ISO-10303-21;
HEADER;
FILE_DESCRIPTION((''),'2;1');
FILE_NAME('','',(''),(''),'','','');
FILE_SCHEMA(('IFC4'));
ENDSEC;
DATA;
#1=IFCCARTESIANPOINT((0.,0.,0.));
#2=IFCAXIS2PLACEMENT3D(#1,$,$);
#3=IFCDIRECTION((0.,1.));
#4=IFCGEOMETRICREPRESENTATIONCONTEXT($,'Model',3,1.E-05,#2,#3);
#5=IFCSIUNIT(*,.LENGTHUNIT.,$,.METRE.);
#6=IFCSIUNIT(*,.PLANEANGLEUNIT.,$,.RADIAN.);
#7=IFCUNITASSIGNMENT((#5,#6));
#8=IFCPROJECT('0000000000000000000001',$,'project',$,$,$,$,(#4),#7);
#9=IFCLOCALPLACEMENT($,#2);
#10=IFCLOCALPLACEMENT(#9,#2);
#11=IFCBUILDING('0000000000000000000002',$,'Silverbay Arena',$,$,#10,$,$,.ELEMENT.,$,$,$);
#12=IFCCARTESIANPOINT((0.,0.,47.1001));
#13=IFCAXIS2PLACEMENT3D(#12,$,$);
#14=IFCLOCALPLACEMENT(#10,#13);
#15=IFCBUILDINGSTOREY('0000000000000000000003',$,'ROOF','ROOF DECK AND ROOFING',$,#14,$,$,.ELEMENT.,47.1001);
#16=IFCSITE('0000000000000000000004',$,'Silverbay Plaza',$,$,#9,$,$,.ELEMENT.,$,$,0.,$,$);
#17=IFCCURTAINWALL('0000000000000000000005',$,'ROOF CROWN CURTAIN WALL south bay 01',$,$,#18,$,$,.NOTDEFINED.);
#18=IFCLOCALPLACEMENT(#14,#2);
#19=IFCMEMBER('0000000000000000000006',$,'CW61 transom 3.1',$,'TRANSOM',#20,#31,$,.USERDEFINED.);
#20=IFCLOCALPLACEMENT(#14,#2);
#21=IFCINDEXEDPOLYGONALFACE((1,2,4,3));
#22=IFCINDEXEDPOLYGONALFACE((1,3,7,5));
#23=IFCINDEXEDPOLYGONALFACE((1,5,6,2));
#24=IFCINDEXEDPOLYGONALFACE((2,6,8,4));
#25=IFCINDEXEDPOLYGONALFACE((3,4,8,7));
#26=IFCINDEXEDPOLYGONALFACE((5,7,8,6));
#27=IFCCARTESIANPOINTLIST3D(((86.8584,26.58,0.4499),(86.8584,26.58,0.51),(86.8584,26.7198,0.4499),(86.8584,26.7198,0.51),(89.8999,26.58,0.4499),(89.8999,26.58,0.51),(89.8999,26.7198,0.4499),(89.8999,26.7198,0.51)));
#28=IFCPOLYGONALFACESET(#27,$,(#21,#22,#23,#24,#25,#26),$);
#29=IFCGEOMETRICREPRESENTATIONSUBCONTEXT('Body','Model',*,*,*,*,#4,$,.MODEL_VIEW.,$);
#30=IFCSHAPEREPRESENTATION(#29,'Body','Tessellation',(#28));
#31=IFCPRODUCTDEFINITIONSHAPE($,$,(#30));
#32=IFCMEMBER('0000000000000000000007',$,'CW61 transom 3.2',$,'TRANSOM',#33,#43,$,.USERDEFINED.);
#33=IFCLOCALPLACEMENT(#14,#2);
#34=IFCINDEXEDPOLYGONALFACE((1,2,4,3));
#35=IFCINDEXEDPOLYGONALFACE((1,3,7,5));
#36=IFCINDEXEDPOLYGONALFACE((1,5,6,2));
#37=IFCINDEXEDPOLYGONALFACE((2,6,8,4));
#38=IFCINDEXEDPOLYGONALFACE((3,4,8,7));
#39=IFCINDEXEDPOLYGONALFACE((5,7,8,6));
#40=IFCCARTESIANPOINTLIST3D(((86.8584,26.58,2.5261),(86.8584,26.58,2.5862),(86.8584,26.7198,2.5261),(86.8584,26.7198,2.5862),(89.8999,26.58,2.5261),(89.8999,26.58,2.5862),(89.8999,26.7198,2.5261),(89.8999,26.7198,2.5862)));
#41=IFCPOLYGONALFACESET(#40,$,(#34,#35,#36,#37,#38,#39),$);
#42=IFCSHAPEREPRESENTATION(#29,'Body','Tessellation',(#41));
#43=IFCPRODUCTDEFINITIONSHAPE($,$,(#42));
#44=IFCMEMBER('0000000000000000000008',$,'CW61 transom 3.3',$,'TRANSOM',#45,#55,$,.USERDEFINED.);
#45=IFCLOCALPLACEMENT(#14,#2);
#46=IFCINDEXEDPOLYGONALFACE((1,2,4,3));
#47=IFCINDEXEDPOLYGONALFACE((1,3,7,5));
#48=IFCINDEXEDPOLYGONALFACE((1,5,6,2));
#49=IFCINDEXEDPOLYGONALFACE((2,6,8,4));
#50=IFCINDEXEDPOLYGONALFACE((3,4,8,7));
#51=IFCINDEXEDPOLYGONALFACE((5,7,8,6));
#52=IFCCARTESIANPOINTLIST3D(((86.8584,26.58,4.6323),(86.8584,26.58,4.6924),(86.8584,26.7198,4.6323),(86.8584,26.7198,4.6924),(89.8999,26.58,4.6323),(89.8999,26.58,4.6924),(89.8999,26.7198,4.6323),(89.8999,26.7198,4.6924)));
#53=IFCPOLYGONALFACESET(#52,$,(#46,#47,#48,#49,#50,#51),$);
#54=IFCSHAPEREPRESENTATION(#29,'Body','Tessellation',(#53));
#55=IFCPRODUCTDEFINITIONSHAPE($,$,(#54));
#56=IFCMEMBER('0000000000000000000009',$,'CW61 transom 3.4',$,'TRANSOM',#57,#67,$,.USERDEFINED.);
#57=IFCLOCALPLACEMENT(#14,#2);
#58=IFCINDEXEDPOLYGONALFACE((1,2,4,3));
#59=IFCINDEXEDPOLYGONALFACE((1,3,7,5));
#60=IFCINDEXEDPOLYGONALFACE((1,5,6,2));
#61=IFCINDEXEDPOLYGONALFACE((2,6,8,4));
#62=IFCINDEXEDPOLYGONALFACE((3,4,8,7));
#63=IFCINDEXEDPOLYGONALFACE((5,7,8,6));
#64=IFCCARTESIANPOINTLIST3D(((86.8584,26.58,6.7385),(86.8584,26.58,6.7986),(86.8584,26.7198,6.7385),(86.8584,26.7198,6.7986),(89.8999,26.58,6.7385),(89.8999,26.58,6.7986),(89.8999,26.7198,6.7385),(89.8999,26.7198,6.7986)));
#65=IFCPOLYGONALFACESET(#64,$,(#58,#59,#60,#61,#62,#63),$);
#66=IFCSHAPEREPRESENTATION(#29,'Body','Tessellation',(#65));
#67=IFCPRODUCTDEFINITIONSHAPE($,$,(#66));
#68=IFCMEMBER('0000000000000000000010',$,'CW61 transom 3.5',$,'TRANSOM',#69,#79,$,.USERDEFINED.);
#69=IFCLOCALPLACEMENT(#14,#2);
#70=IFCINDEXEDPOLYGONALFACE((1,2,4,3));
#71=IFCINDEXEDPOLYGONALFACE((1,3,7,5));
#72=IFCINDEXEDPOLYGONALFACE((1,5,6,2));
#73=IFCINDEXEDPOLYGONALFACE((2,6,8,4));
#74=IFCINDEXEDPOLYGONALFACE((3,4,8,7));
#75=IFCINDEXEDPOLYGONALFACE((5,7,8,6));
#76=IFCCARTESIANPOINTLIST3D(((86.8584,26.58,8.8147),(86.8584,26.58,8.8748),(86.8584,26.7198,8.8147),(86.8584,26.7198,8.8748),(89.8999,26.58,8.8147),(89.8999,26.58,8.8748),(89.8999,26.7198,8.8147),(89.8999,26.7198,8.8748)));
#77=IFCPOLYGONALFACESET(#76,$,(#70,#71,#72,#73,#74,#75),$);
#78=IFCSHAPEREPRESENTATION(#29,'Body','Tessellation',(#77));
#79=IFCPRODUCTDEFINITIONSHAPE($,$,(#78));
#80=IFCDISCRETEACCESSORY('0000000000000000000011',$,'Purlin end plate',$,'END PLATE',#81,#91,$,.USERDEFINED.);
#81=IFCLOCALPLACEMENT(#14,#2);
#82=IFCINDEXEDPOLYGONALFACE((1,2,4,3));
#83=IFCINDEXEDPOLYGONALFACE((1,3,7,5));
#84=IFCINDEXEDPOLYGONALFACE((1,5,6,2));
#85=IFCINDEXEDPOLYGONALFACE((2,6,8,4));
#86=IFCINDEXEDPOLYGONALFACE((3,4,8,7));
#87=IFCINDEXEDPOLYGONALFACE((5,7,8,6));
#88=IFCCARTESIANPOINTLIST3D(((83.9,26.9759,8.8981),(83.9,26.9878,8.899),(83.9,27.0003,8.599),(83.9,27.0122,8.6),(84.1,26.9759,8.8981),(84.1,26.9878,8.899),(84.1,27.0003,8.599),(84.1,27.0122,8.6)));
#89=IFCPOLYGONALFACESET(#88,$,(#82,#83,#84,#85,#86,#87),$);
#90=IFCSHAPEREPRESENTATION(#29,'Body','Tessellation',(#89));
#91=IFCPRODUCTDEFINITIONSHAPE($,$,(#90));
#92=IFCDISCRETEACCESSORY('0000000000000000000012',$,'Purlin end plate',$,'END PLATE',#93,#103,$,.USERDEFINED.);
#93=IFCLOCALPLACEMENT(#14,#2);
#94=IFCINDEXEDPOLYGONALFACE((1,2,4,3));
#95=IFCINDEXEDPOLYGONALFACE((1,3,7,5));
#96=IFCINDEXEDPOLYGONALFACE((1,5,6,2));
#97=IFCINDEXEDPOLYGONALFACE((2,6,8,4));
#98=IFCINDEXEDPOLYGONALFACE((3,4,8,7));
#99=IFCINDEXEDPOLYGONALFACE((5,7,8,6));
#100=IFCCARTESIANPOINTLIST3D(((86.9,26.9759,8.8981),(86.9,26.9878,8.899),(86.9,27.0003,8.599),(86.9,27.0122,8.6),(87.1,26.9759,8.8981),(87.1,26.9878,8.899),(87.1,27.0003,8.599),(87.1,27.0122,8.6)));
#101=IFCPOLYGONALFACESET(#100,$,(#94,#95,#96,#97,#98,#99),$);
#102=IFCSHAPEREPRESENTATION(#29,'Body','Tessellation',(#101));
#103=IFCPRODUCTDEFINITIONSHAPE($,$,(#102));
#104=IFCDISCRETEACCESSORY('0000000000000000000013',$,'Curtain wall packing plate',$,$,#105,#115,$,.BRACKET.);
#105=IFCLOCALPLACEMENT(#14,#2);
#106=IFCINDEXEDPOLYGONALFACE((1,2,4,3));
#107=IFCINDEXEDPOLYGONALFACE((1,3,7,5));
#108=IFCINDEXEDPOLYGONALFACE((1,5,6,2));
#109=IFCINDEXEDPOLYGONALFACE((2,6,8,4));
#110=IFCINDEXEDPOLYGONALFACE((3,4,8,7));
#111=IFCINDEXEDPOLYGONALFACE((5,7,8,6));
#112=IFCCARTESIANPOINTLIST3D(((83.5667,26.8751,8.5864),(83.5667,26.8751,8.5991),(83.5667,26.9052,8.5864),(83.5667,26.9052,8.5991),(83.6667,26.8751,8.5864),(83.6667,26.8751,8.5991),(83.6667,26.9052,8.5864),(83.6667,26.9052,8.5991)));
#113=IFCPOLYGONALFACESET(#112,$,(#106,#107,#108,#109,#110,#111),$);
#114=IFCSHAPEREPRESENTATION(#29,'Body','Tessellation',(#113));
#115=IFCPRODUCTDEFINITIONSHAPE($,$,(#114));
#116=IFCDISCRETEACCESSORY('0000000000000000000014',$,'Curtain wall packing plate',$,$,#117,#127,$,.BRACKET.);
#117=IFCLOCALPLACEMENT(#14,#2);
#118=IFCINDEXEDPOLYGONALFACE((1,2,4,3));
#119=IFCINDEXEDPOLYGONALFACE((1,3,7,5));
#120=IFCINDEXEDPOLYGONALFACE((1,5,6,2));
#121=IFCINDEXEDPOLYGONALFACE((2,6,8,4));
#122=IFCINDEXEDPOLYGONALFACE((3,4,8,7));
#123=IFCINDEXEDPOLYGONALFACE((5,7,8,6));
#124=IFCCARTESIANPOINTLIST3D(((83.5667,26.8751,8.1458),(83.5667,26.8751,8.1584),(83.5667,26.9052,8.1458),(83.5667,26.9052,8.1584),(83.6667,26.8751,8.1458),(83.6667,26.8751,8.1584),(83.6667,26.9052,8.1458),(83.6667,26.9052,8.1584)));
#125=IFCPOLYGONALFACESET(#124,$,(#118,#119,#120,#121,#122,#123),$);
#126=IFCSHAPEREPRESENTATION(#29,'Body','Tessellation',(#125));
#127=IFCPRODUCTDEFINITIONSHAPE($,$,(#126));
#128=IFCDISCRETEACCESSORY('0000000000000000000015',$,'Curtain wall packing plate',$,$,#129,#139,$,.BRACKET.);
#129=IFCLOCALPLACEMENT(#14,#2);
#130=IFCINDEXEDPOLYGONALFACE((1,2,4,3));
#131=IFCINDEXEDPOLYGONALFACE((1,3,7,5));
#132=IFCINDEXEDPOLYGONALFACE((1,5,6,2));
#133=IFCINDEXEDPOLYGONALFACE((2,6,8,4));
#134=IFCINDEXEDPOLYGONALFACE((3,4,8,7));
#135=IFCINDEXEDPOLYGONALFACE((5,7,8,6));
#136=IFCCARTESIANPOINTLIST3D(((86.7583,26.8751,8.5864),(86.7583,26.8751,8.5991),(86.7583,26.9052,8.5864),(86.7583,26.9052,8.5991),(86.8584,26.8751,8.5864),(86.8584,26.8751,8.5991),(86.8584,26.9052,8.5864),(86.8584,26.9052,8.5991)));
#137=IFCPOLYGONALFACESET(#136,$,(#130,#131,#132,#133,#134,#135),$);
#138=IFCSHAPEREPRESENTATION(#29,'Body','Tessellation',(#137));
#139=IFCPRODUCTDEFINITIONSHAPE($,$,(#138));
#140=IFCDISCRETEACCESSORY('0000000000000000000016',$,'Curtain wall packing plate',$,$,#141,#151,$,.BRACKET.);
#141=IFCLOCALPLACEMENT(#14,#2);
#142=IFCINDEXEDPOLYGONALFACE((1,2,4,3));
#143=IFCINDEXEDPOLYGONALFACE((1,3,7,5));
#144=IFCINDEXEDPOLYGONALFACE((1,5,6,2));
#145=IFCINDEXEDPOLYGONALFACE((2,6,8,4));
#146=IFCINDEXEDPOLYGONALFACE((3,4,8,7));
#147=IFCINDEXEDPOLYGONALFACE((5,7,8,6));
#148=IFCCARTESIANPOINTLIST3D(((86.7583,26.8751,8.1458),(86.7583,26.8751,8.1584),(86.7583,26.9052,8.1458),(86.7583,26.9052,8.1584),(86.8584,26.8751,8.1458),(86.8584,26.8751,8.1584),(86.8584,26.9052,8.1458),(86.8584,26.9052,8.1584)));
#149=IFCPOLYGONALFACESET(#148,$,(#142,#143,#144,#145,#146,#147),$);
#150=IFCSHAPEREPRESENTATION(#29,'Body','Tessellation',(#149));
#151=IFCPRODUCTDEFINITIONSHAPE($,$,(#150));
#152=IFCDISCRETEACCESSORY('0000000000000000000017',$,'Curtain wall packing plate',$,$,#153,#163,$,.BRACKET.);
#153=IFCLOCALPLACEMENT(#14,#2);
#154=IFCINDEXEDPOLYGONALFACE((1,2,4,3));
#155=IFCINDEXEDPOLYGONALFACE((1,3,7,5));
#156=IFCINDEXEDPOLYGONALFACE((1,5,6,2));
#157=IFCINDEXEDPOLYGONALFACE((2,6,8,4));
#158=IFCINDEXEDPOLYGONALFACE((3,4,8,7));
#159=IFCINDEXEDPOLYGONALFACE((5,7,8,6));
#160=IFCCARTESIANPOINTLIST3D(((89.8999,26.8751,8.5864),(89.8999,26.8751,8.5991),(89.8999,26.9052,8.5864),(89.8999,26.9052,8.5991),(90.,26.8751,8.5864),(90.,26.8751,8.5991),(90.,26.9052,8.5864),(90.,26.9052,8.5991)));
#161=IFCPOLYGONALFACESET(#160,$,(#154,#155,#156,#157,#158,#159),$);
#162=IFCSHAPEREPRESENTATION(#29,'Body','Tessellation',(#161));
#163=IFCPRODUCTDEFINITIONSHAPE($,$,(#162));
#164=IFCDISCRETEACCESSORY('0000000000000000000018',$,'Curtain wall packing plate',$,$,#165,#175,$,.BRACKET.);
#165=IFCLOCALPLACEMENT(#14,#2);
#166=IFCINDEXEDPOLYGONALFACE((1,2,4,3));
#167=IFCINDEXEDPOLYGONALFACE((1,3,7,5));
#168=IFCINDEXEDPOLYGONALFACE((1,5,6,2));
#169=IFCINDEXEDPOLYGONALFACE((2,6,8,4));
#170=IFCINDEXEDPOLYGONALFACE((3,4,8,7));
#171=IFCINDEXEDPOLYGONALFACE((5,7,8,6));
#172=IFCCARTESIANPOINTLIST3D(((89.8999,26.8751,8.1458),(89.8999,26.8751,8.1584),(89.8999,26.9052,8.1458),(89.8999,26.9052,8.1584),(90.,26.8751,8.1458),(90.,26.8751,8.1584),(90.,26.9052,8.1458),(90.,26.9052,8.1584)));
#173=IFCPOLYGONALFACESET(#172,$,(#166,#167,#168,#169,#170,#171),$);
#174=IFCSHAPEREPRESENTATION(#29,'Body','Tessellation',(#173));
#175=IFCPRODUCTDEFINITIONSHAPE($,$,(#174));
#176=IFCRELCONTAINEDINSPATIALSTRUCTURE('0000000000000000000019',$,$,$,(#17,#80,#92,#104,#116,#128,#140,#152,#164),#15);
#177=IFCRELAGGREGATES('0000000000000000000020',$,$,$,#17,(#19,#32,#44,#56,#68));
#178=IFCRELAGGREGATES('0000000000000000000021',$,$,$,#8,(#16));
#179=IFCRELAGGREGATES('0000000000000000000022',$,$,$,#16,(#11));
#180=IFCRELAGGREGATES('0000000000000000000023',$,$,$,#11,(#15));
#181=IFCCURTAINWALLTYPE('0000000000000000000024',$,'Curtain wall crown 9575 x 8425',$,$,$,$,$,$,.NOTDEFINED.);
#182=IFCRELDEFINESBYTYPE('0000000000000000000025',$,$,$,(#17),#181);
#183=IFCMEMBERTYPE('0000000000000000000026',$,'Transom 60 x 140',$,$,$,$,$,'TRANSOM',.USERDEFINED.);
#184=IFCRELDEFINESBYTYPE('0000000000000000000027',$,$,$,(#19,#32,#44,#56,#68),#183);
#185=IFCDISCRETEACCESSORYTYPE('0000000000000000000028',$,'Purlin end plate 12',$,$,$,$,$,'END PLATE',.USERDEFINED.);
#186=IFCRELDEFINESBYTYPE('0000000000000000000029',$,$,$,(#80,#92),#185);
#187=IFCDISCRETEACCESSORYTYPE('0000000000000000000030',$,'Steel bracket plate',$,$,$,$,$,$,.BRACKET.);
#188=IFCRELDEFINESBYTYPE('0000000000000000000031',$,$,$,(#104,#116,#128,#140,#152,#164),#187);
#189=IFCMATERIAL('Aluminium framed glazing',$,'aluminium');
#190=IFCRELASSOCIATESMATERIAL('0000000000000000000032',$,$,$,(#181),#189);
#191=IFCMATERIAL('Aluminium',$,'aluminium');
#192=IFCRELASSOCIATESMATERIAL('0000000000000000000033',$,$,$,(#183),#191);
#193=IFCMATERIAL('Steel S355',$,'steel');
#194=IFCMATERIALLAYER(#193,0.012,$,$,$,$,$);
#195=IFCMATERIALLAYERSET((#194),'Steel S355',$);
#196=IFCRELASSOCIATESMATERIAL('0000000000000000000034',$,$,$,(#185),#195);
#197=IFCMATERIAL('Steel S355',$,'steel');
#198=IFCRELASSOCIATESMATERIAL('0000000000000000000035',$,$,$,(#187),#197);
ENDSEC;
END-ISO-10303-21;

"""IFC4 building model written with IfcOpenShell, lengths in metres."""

from ifc_helpers import new_model, si_unit, direction, frame, origin, origin_2d, place, context, subcontext, project, spatial, rectangle, extrude, material, layer, layer_set, material_profile, profile_set, type_object, element, aggregate, save


model = new_model("IFC4")

# Units and contexts
model_context = context("Model", 3, precision=1e-05, world=origin(), true_north=direction((0.0, 1.0)))
body_context = subcontext(model_context, "Body", "Model", "MODEL_VIEW")
ifc_project = project(units=[si_unit("LENGTHUNIT", "METRE"), si_unit("PLANEANGLEUNIT", "RADIAN")], contexts=[model_context])

# Site, building, storey
site_placement = place(None, origin())
site = spatial("IfcSite", under=ifc_project, at=site_placement, Name="Silverbay Plaza", CompositionType="ELEMENT", RefElevation=0.0)
building_placement = place(site_placement, origin())
building = spatial("IfcBuilding", under=site, at=building_placement, Name="Silverbay Arena", CompositionType="ELEMENT")
storey_placement = place(building_placement, frame((0.0, 0.0, 47.1001)))
storey = spatial("IfcBuildingStorey", under=building, at=storey_placement, Name="ROOF", Description="ROOF DECK AND ROOFING", CompositionType="ELEMENT", Elevation=47.1001)

# Curtain wall
ifc_material_1 = material(Name="Aluminium framed glazing", Category="aluminium")
curtain_wall_type = type_object("IfcCurtainWallType", Name="Curtain wall crown 9575 x 8425", PredefinedType="NOTDEFINED", material=ifc_material_1)
curtain_wall_placement = place(storey_placement, origin())
curtain_wall = element("IfcCurtainWall", 1, at=curtain_wall_placement, inside=storey, type_object=curtain_wall_type, Name="ROOF CROWN CURTAIN WALL south bay 01", PredefinedType="NOTDEFINED")
placement = place(building_placement, frame((0.0, 0.0, 33.5)))

# Members
ifc_material_2 = material(Name="Aluminium", Category="aluminium")
ifc_material_profile_1 = material_profile(ifc_material_2, rectangle(XDim=0.1399, YDim=0.0601, at=origin_2d()), Name="Transom 60 x 140")
ifc_profile_set_1 = profile_set([ifc_material_profile_1], Name="Aluminium")
member_type_1 = type_object("IfcMemberType", Name="Transom 60 x 140", ElementType="TRANSOM", PredefinedType="USERDEFINED", material=ifc_profile_set_1)
member_1_placement = place(placement, frame((86.8584, 26.6499, 14.0801), z_axis=(1.0, 0.0, 0.0), x_axis=(0.0, 1.0, 0.0)))
member_1 = element("IfcMember", 2, at=member_1_placement, type_object=member_type_1, Name="CW61 transom 3.1", ObjectType="TRANSOM", PredefinedType="USERDEFINED", context=body_context, shape_type="SweptSolid", body=[
    extrude(rectangle(XDim=0.1399, YDim=0.0601, at=origin_2d()), origin(), (0.0, 0.0, 1.0), 3.0415),
])
member_2_placement = place(placement, frame((86.8584, 26.6499, 16.1562), z_axis=(1.0, 0.0, 0.0), x_axis=(0.0, 1.0, 0.0)))
member_2 = element("IfcMember", 3, at=member_2_placement, type_object=member_type_1, Name="CW61 transom 3.2", ObjectType="TRANSOM", PredefinedType="USERDEFINED", context=body_context, shape_type="SweptSolid", body=[
    extrude(rectangle(XDim=0.1399, YDim=0.0601, at=origin_2d()), origin(), (0.0, 0.0, 1.0), 3.0415),
])
member_3_placement = place(placement, frame((86.8584, 26.6499, 18.2625), z_axis=(1.0, 0.0, 0.0), x_axis=(0.0, 1.0, 0.0)))
member_3 = element("IfcMember", 4, at=member_3_placement, type_object=member_type_1, Name="CW61 transom 3.3", ObjectType="TRANSOM", PredefinedType="USERDEFINED", context=body_context, shape_type="SweptSolid", body=[
    extrude(rectangle(XDim=0.1399, YDim=0.0601, at=origin_2d()), origin(), (0.0, 0.0, 1.0), 3.0415),
])
member_4_placement = place(placement, frame((86.8584, 26.6499, 20.3687), z_axis=(1.0, 0.0, 0.0), x_axis=(0.0, 1.0, 0.0)))
member_4 = element("IfcMember", 5, at=member_4_placement, type_object=member_type_1, Name="CW61 transom 3.4", ObjectType="TRANSOM", PredefinedType="USERDEFINED", context=body_context, shape_type="SweptSolid", body=[
    extrude(rectangle(XDim=0.1399, YDim=0.0601, at=origin_2d()), origin(), (0.0, 0.0, 1.0), 3.0415),
])
member_5_placement = place(placement, frame((86.8584, 26.6499, 22.4448), z_axis=(1.0, 0.0, 0.0), x_axis=(0.0, 1.0, 0.0)))
member_5 = element("IfcMember", 6, at=member_5_placement, type_object=member_type_1, Name="CW61 transom 3.5", ObjectType="TRANSOM", PredefinedType="USERDEFINED", context=body_context, shape_type="SweptSolid", body=[
    extrude(rectangle(XDim=0.1399, YDim=0.0601, at=origin_2d()), origin(), (0.0, 0.0, 1.0), 3.0415),
])

aggregate(curtain_wall, [member_1, member_2, member_3, member_4, member_5])

# Discrete accessories
ifc_material_3 = material(Name="Steel S355", Category="steel")
ifc_layer_1 = layer(ifc_material_3, 0.012)
ifc_layer_set_1 = layer_set([ifc_layer_1], Name="Steel S355")
discrete_accessory_type_1 = type_object("IfcDiscreteAccessoryType", Name="Purlin end plate 12", ElementType="END PLATE", PredefinedType="USERDEFINED", material=ifc_layer_set_1)
for number, where, z_axis, x_axis, name in (
    (7, (84.0, 27.0, 8.7495), (0.0, -0.996685, -0.081362), (1.0, 0.0, 0.0), "Purlin end plate"),
    (8, (87.0, 27.0, 8.7495), (0.0, -0.996685, -0.081362), (1.0, 0.0, 0.0), "Purlin end plate"),
):
    element("IfcDiscreteAccessory", number, at=place(storey_placement, frame(where, z_axis=z_axis, x_axis=x_axis)), inside=storey, type_object=discrete_accessory_type_1, Name=name, ObjectType="END PLATE", PredefinedType="USERDEFINED", context=body_context, shape_type="SweptSolid", body=[
        extrude(rectangle(XDim=0.2, YDim=0.3, at=origin_2d()), origin(), (0.0, 0.0, 1.0), 0.012),
    ])
ifc_material_4 = material(Name="Steel S355", Category="steel")
discrete_accessory_type_2 = type_object("IfcDiscreteAccessoryType", Name="Steel bracket plate", PredefinedType="BRACKET", material=ifc_material_4)
for number, where, z_axis, x_axis, name in (
    (9, (83.6167, 26.8901, 8.5864), (0.0, 0.0, 1.0), (1.0, 0.0, 0.0), "Curtain wall packing plate"),
    (10, (83.6167, 26.8901, 8.1458), (0.0, 0.0, 1.0), (1.0, 0.0, 0.0), "Curtain wall packing plate"),
    (11, (86.8083, 26.8901, 8.5864), (0.0, 0.0, 1.0), (1.0, 0.0, 0.0), "Curtain wall packing plate"),
    (12, (86.8083, 26.8901, 8.1458), (0.0, 0.0, 1.0), (1.0, 0.0, 0.0), "Curtain wall packing plate"),
    (13, (89.95, 26.8901, 8.5864), (0.0, 0.0, 1.0), (1.0, 0.0, 0.0), "Curtain wall packing plate"),
    (14, (89.95, 26.8901, 8.1458), (0.0, 0.0, 1.0), (1.0, 0.0, 0.0), "Curtain wall packing plate"),
):
    element("IfcDiscreteAccessory", number, at=place(storey_placement, frame(where, z_axis=z_axis, x_axis=x_axis)), inside=storey, type_object=discrete_accessory_type_2, Name=name, PredefinedType="BRACKET", context=body_context, shape_type="SweptSolid", body=[
        extrude(rectangle(XDim=0.1001, YDim=0.03, at=origin_2d()), origin(), (0.0, 0.0, 1.0), 0.0127),
    ])

save(model, "model.ifc")
